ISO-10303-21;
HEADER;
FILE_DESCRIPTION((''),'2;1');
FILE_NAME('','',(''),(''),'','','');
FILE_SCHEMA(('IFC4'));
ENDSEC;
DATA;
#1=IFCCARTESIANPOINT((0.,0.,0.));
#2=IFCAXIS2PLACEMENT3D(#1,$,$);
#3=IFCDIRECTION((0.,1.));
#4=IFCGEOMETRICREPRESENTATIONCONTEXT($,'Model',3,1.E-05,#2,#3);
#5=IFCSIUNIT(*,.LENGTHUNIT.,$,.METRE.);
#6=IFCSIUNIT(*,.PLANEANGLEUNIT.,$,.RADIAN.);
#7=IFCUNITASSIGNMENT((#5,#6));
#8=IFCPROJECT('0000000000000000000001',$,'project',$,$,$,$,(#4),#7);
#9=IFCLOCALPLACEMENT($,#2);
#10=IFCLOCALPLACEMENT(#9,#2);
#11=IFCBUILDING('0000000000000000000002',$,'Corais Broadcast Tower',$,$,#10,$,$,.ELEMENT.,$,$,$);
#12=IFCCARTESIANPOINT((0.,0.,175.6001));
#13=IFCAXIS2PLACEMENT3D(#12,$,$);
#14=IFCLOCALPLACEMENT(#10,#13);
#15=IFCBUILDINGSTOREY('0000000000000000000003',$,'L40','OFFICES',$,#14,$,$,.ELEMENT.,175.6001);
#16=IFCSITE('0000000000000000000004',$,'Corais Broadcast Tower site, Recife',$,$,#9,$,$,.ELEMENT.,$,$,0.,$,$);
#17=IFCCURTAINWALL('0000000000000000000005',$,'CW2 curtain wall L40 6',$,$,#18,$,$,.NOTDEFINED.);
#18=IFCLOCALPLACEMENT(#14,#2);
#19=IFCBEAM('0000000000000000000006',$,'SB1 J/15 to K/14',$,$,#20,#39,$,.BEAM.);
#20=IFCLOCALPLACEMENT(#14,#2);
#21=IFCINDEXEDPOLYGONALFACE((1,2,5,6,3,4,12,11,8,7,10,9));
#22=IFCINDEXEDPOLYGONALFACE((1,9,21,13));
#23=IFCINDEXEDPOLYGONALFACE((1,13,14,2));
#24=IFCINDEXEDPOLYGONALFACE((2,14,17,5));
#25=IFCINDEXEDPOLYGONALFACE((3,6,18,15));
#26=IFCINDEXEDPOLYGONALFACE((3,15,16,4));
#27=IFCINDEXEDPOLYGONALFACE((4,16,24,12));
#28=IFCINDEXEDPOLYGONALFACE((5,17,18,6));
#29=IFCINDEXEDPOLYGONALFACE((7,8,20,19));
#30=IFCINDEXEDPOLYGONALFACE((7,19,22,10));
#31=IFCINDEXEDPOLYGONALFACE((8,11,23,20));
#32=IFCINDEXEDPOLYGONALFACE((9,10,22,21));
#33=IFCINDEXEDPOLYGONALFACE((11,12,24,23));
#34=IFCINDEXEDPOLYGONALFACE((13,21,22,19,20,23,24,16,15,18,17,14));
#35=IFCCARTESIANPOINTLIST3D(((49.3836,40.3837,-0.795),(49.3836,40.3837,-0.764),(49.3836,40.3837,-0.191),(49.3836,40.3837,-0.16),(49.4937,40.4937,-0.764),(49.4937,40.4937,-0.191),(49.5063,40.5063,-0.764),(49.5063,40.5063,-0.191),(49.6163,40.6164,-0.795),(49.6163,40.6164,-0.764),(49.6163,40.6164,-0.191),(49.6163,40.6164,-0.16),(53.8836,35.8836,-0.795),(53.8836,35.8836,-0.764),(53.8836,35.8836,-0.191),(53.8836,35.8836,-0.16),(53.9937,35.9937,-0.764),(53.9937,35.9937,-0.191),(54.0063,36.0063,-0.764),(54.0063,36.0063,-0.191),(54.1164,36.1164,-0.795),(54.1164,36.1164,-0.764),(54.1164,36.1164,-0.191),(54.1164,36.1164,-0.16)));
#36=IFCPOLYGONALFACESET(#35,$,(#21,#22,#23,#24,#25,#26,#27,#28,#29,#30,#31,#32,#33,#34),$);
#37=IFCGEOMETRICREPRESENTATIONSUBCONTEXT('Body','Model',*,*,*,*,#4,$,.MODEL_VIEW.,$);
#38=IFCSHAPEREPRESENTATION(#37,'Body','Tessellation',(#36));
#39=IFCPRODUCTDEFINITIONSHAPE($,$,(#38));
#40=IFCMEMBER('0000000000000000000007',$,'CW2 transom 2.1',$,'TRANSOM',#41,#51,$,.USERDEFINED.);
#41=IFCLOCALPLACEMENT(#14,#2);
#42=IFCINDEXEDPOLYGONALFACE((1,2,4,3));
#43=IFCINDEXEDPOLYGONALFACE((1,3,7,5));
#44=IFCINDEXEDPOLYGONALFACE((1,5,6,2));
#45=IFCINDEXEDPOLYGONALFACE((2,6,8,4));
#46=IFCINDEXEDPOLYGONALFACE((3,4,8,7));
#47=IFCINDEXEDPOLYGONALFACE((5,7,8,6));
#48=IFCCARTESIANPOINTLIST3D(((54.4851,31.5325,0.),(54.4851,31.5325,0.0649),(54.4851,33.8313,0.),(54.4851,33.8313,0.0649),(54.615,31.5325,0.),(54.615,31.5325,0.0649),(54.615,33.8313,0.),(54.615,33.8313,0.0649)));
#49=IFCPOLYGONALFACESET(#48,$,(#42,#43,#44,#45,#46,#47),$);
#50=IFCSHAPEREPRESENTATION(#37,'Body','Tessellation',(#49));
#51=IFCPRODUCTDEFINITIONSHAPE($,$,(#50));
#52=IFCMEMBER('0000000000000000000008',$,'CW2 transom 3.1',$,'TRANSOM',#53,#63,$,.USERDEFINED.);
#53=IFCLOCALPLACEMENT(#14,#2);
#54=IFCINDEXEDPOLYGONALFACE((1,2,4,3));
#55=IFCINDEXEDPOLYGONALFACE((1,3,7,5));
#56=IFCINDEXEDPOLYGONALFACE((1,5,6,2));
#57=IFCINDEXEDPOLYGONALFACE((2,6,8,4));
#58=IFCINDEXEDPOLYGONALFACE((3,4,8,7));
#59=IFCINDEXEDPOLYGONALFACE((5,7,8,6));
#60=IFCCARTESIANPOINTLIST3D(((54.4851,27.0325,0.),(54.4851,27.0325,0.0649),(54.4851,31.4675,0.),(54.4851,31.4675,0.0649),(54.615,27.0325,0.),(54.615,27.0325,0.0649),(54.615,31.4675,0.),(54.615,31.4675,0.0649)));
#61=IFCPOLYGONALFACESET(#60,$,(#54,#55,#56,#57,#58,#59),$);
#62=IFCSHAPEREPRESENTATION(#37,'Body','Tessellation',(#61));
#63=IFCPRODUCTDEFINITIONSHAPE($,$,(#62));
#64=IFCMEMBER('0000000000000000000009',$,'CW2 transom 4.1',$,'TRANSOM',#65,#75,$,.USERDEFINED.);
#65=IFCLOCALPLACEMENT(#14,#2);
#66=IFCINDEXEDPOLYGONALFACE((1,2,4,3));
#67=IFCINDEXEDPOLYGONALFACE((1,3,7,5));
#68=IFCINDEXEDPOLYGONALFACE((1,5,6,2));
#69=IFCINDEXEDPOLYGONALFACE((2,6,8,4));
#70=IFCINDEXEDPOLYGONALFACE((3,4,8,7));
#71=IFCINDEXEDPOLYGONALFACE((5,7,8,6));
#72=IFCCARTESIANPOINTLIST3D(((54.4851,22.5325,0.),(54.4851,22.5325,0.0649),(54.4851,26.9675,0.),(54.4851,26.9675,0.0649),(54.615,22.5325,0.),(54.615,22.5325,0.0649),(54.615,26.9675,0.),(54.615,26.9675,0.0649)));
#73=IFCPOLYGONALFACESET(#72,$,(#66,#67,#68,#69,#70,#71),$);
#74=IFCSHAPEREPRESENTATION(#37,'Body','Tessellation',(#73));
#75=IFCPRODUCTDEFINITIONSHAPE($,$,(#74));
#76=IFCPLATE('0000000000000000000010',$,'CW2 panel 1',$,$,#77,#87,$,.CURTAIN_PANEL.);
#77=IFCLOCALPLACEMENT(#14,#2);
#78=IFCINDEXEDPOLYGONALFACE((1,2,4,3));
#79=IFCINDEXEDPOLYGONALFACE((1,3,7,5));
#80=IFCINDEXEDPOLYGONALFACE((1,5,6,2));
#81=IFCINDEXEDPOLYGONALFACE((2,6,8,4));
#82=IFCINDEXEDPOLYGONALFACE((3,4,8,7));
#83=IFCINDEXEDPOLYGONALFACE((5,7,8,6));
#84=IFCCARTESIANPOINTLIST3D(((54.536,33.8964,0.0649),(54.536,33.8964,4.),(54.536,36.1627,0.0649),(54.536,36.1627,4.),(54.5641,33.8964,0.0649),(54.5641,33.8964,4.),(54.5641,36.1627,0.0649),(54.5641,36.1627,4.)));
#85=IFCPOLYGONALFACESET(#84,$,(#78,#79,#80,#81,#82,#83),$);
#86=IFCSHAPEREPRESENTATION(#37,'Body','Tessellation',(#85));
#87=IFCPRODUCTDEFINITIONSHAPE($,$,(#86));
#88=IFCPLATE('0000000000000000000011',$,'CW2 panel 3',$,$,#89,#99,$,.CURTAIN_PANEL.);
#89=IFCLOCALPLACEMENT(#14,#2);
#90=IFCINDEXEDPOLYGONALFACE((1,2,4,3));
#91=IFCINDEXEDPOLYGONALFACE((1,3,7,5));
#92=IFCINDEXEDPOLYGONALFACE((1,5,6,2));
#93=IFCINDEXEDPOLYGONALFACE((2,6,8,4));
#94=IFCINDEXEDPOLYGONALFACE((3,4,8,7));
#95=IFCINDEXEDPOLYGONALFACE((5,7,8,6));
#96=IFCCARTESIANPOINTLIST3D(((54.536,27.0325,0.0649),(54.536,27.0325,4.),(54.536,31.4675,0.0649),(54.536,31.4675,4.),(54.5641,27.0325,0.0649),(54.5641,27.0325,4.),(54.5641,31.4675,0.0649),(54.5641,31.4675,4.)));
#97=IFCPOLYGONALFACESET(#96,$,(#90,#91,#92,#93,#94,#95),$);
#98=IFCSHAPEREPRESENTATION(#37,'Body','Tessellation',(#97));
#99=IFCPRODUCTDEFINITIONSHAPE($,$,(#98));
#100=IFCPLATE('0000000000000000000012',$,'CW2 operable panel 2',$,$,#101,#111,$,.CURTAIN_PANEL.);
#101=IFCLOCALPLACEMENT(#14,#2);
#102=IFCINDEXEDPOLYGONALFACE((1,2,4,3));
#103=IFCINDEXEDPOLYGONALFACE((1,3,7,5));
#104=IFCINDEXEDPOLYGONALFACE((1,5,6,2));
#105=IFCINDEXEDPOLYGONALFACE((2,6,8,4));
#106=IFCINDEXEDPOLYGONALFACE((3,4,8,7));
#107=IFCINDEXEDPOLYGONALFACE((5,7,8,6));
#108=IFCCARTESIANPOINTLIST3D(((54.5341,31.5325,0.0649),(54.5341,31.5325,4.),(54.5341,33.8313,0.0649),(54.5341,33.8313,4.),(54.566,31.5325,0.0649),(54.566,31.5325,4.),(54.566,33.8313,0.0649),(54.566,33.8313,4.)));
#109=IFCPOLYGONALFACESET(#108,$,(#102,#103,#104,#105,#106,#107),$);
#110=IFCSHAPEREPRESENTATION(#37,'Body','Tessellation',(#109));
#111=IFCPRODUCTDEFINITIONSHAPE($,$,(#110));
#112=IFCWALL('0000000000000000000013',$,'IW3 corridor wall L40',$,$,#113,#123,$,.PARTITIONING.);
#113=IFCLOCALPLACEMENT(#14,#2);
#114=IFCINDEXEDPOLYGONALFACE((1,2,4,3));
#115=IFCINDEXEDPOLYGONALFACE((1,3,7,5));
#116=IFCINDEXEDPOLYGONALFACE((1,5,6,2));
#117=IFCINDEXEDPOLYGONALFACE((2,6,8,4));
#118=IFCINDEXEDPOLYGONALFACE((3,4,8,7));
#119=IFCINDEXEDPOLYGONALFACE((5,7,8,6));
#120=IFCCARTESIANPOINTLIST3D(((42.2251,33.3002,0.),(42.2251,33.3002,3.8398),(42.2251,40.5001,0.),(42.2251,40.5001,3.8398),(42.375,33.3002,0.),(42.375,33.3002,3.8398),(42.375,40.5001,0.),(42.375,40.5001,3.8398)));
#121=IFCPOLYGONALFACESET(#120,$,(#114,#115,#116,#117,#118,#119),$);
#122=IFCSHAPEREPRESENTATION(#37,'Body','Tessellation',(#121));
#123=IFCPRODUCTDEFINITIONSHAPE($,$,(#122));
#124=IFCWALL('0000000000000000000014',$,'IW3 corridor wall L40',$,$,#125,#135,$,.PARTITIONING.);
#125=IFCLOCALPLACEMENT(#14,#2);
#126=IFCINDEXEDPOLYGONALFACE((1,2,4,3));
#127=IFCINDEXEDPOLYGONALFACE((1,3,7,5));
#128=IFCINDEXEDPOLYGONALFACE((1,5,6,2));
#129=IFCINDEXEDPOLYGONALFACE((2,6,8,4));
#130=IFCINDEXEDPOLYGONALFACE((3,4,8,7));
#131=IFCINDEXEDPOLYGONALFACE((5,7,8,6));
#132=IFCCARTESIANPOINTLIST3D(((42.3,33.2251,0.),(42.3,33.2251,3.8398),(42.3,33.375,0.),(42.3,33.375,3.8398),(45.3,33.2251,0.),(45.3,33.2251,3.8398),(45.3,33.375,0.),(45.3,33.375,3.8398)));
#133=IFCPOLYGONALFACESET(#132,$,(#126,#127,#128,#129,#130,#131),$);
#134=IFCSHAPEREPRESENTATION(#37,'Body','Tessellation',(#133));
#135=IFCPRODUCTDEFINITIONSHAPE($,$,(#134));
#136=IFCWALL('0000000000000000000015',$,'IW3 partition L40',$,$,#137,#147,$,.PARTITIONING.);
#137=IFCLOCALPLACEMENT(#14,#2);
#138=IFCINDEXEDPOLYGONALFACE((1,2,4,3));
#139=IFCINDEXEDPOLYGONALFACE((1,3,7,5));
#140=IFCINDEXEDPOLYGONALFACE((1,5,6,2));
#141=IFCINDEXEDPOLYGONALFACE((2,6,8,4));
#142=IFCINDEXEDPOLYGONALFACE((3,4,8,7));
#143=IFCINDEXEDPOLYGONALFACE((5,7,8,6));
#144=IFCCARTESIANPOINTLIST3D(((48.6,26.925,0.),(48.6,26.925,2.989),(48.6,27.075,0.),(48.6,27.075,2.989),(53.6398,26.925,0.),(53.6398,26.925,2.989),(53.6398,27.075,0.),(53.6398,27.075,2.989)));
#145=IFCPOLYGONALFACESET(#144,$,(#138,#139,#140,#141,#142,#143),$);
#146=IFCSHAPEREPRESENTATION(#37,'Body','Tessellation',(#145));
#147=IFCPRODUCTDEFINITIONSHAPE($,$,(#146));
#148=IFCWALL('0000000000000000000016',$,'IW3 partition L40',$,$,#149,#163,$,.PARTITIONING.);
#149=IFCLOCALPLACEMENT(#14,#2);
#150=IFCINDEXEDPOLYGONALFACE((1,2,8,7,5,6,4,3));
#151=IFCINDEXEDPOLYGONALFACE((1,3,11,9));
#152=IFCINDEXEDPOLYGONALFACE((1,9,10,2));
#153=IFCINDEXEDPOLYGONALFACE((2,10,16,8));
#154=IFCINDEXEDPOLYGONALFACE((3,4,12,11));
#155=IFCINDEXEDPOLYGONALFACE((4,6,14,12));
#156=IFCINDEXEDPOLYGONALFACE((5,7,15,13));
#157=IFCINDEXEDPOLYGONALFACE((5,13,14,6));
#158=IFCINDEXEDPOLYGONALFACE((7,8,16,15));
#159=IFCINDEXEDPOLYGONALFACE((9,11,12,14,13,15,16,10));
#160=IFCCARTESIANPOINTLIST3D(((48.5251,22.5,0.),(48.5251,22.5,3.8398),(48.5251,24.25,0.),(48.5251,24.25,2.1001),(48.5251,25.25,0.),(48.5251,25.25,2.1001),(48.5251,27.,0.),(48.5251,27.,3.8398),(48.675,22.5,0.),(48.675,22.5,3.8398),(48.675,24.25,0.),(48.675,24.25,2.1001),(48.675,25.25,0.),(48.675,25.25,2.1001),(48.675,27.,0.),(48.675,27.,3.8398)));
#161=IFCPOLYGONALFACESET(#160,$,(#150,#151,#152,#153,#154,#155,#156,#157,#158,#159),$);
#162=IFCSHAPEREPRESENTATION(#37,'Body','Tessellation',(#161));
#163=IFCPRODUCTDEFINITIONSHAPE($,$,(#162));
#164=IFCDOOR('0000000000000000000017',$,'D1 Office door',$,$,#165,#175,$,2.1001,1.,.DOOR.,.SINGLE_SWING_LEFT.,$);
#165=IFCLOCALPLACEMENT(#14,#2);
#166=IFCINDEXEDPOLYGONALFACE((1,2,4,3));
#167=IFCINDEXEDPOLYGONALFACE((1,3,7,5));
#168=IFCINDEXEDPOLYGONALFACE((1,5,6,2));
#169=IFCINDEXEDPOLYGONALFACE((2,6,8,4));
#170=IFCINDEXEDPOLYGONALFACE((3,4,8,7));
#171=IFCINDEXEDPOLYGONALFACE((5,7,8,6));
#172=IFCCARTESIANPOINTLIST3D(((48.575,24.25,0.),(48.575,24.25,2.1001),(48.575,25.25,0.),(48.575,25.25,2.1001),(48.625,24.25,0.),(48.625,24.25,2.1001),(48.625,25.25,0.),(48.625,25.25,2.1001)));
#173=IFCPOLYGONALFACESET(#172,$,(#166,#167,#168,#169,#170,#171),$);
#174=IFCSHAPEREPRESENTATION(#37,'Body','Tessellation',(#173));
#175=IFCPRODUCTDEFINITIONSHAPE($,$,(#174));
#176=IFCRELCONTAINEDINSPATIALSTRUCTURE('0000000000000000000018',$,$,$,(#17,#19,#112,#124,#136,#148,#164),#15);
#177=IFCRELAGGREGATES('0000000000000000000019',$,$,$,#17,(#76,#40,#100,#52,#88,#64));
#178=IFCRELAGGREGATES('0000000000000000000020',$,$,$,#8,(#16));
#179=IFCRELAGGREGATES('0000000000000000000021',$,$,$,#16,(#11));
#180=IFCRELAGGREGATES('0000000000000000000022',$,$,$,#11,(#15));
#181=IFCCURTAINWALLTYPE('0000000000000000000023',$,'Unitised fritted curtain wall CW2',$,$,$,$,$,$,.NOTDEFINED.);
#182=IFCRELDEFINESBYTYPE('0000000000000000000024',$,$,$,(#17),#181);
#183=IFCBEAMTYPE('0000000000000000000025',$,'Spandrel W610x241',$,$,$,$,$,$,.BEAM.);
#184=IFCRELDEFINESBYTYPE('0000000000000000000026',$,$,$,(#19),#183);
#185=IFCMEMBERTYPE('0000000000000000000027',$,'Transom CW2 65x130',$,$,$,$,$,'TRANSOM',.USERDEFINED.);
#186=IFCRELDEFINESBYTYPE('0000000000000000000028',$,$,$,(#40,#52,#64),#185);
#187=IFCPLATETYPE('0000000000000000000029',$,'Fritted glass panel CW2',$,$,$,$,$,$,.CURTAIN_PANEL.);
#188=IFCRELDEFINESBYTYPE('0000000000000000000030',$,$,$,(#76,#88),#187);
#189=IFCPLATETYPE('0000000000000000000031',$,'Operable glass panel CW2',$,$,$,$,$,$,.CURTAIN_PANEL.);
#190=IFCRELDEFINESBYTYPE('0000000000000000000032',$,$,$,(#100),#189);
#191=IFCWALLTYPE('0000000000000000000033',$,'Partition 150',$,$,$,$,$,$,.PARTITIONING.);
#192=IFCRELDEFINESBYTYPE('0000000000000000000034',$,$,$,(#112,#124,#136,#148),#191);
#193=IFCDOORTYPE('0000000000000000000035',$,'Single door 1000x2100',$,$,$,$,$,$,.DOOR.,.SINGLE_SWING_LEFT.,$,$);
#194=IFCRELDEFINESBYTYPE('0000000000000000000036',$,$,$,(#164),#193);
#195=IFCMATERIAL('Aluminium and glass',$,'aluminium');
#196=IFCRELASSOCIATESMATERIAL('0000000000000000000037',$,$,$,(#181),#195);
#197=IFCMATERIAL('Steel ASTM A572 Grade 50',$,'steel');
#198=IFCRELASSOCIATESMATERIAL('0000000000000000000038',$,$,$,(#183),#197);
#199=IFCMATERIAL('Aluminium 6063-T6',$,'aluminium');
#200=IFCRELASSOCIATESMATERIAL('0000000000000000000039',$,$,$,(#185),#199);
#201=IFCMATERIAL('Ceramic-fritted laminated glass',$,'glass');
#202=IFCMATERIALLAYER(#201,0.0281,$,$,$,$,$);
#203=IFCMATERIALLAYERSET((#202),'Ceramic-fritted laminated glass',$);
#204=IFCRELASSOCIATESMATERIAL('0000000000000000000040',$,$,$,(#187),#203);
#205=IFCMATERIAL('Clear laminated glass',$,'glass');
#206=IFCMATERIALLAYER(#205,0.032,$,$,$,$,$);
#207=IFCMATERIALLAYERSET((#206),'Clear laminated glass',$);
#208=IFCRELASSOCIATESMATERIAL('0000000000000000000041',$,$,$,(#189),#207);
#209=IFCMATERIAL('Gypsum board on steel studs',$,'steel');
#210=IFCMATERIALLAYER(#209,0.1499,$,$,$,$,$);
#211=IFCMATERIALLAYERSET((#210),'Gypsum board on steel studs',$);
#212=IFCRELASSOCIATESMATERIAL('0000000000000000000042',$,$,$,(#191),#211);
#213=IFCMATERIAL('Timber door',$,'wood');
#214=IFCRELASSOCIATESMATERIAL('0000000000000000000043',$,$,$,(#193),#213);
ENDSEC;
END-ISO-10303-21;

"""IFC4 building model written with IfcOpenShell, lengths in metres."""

from ifc_helpers import new_model, si_unit, direction, frame, frame_2d, origin, origin_2d, place, context, subcontext, project, spatial, rectangle, i_section, extrude, material, layer, layer_set, material_profile, profile_set, type_object, element, fill, aggregate, save


model = new_model("IFC4")

# Units and contexts
model_context = context("Model", 3, precision=1e-05, world=origin(), true_north=direction((0.0, 1.0)))
body_context = subcontext(model_context, "Body", "Model", "MODEL_VIEW")
ifc_project = project(units=[si_unit("LENGTHUNIT", "METRE"), si_unit("PLANEANGLEUNIT", "RADIAN")], contexts=[model_context])

# Site, building, storey
site_placement = place(None, origin())
site = spatial("IfcSite", under=ifc_project, at=site_placement, Name="Corais Broadcast Tower site, Recife", CompositionType="ELEMENT", RefElevation=0.0)
building_placement = place(site_placement, origin())
building = spatial("IfcBuilding", under=site, at=building_placement, Name="Corais Broadcast Tower", CompositionType="ELEMENT")
storey_placement = place(building_placement, frame((0.0, 0.0, 175.6001)))
storey = spatial("IfcBuildingStorey", under=building, at=storey_placement, Name="L40", Description="OFFICES", CompositionType="ELEMENT", Elevation=175.6001)

# Curtain wall
ifc_material_1 = material(Name="Aluminium and glass", Category="aluminium")
curtain_wall_type = type_object("IfcCurtainWallType", Name="Unitised fritted curtain wall CW2", PredefinedType="NOTDEFINED", material=ifc_material_1)
curtain_wall_placement = place(storey_placement, origin())
curtain_wall = element("IfcCurtainWall", 1, at=curtain_wall_placement, inside=storey, type_object=curtain_wall_type, Name="CW2 curtain wall L40 6", PredefinedType="NOTDEFINED")

# Beam
ifc_material_2 = material(Name="Steel ASTM A572 Grade 50", Category="steel")
ifc_material_profile_1 = material_profile(ifc_material_2, i_section(OverallWidth=0.3291, OverallDepth=0.635, WebThickness=0.0178, FlangeThickness=0.031, at=origin_2d()), Name="W610x241")
ifc_profile_set_1 = profile_set([ifc_material_profile_1], Name="Steel ASTM A572 Grade 50")
beam_type_1 = type_object("IfcBeamType", Name="Spandrel W610x241", PredefinedType="BEAM", material=ifc_profile_set_1)
beam_placement = place(storey_placement, frame((54.0, 36.0, -0.4775), z_axis=(-0.707107, 0.707107, 0.0), x_axis=(-0.707107, -0.707107, 0.0)))
element("IfcBeam", 2, at=beam_placement, inside=storey, type_object=beam_type_1, Name="SB1 J/15 to K/14", PredefinedType="BEAM", context=body_context, shape_type="SweptSolid", body=[
    extrude(i_section(OverallWidth=0.3291, OverallDepth=0.635, WebThickness=0.0178, FlangeThickness=0.031, at=origin_2d()), origin(), (0.0, 0.0, 1.0), 6.364),
])

# Members
ifc_material_3 = material(Name="Aluminium 6063-T6", Category="aluminium")
ifc_material_profile_2 = material_profile(ifc_material_3, rectangle(XDim=0.1299, YDim=0.0649, at=origin_2d()), Name="Transom CW2 65x130")
ifc_profile_set_2 = profile_set([ifc_material_profile_2], Name="Aluminium 6063-T6")
member_type_1 = type_object("IfcMemberType", Name="Transom CW2 65x130", ElementType="TRANSOM", PredefinedType="USERDEFINED", material=ifc_profile_set_2)
member_1_placement = place(storey_placement, frame((54.55, 33.8313, 0.0325), z_axis=(0.0, -1.0, 0.0), x_axis=(1.0, 0.0, 0.0)))
member_1 = element("IfcMember", 3, at=member_1_placement, type_object=member_type_1, Name="CW2 transom 2.1", ObjectType="TRANSOM", PredefinedType="USERDEFINED", context=body_context, shape_type="SweptSolid", body=[
    extrude(rectangle(XDim=0.1299, YDim=0.0649, at=origin_2d()), origin(), (0.0, 0.0, 1.0), 2.2988),
])
member_2_placement = place(storey_placement, frame((54.55, 31.4675, 0.0325), z_axis=(0.0, -1.0, 0.0), x_axis=(1.0, 0.0, 0.0)))
member_2 = element("IfcMember", 4, at=member_2_placement, type_object=member_type_1, Name="CW2 transom 3.1", ObjectType="TRANSOM", PredefinedType="USERDEFINED", context=body_context, shape_type="SweptSolid", body=[
    extrude(rectangle(XDim=0.1299, YDim=0.0649, at=origin_2d()), origin(), (0.0, 0.0, 1.0), 4.4351),
])
member_3_placement = place(storey_placement, frame((54.55, 26.9675, 0.0325), z_axis=(0.0, -1.0, 0.0), x_axis=(1.0, 0.0, 0.0)))
member_3 = element("IfcMember", 5, at=member_3_placement, type_object=member_type_1, Name="CW2 transom 4.1", ObjectType="TRANSOM", PredefinedType="USERDEFINED", context=body_context, shape_type="SweptSolid", body=[
    extrude(rectangle(XDim=0.1299, YDim=0.0649, at=origin_2d()), origin(), (0.0, 0.0, 1.0), 4.4351),
])

# Plates
ifc_material_4 = material(Name="Ceramic-fritted laminated glass", Category="glass")
ifc_layer_1 = layer(ifc_material_4, 0.0281)
ifc_layer_set_1 = layer_set([ifc_layer_1], Name="Ceramic-fritted laminated glass")
plate_type_1 = type_object("IfcPlateType", Name="Fritted glass panel CW2", PredefinedType="CURTAIN_PANEL", material=ifc_layer_set_1)
plate_1_placement = place(storey_placement, frame((54.55, 35.0295, 0.0649), z_axis=(0.0, 0.0, 1.0), x_axis=(0.0, -1.0, 0.0)))
plate_1 = element("IfcPlate", 6, at=plate_1_placement, type_object=plate_type_1, Name="CW2 panel 1", PredefinedType="CURTAIN_PANEL", context=body_context, shape_type="SweptSolid", body=[
    extrude(rectangle(XDim=2.2664, YDim=0.0281, at=origin_2d()), origin(), (0.0, 0.0, 1.0), 3.9351),
])
plate_2_placement = place(storey_placement, frame((54.55, 29.25, 0.0649), z_axis=(0.0, 0.0, 1.0), x_axis=(0.0, -1.0, 0.0)))
plate_2 = element("IfcPlate", 7, at=plate_2_placement, type_object=plate_type_1, Name="CW2 panel 3", PredefinedType="CURTAIN_PANEL", context=body_context, shape_type="SweptSolid", body=[
    extrude(rectangle(XDim=4.4351, YDim=0.0281, at=origin_2d()), origin(), (0.0, 0.0, 1.0), 3.9351),
])
ifc_material_5 = material(Name="Clear laminated glass", Category="glass")
ifc_layer_2 = layer(ifc_material_5, 0.032)
ifc_layer_set_2 = layer_set([ifc_layer_2], Name="Clear laminated glass")
plate_type_2 = type_object("IfcPlateType", Name="Operable glass panel CW2", PredefinedType="CURTAIN_PANEL", material=ifc_layer_set_2)
plate_3_placement = place(storey_placement, frame((54.55, 32.6819, 0.0649), z_axis=(0.0, 0.0, 1.0), x_axis=(0.0, -1.0, 0.0)))
plate_3 = element("IfcPlate", 8, at=plate_3_placement, type_object=plate_type_2, Name="CW2 operable panel 2", PredefinedType="CURTAIN_PANEL", context=body_context, shape_type="SweptSolid", body=[
    extrude(rectangle(XDim=2.2988, YDim=0.032, at=origin_2d()), origin(), (0.0, 0.0, 1.0), 3.9351),
])
aggregate(curtain_wall, [plate_1, member_1, plate_3, member_2, plate_2, member_3])

# Walls
ifc_material_6 = material(Name="Gypsum board on steel studs", Category="steel")
ifc_layer_3 = layer(ifc_material_6, 0.1499)
ifc_layer_set_3 = layer_set([ifc_layer_3], Name="Gypsum board on steel studs")
wall_type = type_object("IfcWallType", Name="Partition 150", PredefinedType="PARTITIONING", material=ifc_layer_set_3)
wall_1_placement = place(storey_placement, frame((42.3, 33.3, 0.0), z_axis=(0.0, 0.0, 1.0), x_axis=(0.0, 1.0, 0.0)))
element("IfcWall", 9, at=wall_1_placement, inside=storey, type_object=wall_type, Name="IW3 corridor wall L40", PredefinedType="PARTITIONING", context=body_context, shape_type="SweptSolid", body=[
    extrude(rectangle(XDim=7.2, YDim=0.1499, at=frame_2d((3.6001, 0.0))), origin(), (0.0, 0.0, 1.0), 3.8398),
])
wall_2_placement = place(storey_placement, frame((45.3, 33.3, 0.0), z_axis=(0.0, 0.0, 1.0), x_axis=(-1.0, 0.0, 0.0)))
element("IfcWall", 10, at=wall_2_placement, inside=storey, type_object=wall_type, Name="IW3 corridor wall L40", PredefinedType="PARTITIONING", context=body_context, shape_type="SweptSolid", body=[
    extrude(rectangle(XDim=3.0, YDim=0.1499, at=frame_2d((1.5, 0.0))), origin(), (0.0, 0.0, 1.0), 3.8398),
])
wall_3_placement = place(storey_placement, frame((53.6399, 27.0, 0.0), z_axis=(0.0, 0.0, 1.0), x_axis=(-1.0, 0.0, 0.0)))
element("IfcWall", 11, at=wall_3_placement, inside=storey, type_object=wall_type, Name="IW3 partition L40", PredefinedType="PARTITIONING", context=body_context, shape_type="SweptSolid", body=[
    extrude(rectangle(XDim=5.0398, YDim=0.1499, at=frame_2d((2.52, 0.0))), origin(), (0.0, 0.0, 1.0), 2.989),
])

# Wall, opening, door
wall_4_placement = place(storey_placement, frame((48.6001, 27.0, 0.0), z_axis=(0.0, 0.0, 1.0), x_axis=(0.0, -1.0, 0.0)))
wall_4 = element("IfcWall", 12, at=wall_4_placement, inside=storey, type_object=wall_type, Name="IW3 partition L40", PredefinedType="PARTITIONING", context=body_context, shape_type="SweptSolid", body=[
    extrude(rectangle(XDim=4.5, YDim=0.1499, at=frame_2d((2.25, 0.0))), origin(), (0.0, 0.0, 1.0), 3.8398),
])
opening_1_placement = place(wall_4_placement, frame((1.75, 0.0, 0.0)))
opening_1 = element("IfcOpeningElement", 13, at=opening_1_placement, cuts=wall_4, PredefinedType="OPENING", context=body_context, shape_type="SweptSolid", body=[
    extrude(rectangle(XDim=1.0, YDim=2.1001, at=frame_2d((0.5, 1.05))), frame((0.0, 0.085, 0.0), z_axis=(0.0, -1.0, 0.0), x_axis=(1.0, 0.0, 0.0)), (0.0, 0.0, 1.0), 0.1699),
])
ifc_material_7 = material(Name="Timber door", Category="wood")
door_type = type_object("IfcDoorType", Name="Single door 1000x2100", OperationType="SINGLE_SWING_LEFT", PredefinedType="DOOR", material=ifc_material_7)
door_1_placement = place(opening_1_placement, origin())
door_1 = element("IfcDoor", 14, at=door_1_placement, inside=storey, type_object=door_type, Name="D1 Office door", OperationType="SINGLE_SWING_LEFT", OverallHeight=2.1001, OverallWidth=1.0, PredefinedType="DOOR", context=body_context, shape_type="SweptSolid", body=[
    extrude(rectangle(XDim=1.0, YDim=2.1001, at=frame_2d((0.5, 1.05))), frame((0.0, 0.0249, 0.0), z_axis=(0.0, -1.0, 0.0), x_axis=(1.0, 0.0, 0.0)), (0.0, 0.0, 1.0), 0.05),
])
fill(opening_1, door_1)

save(model, "model.ifc")
